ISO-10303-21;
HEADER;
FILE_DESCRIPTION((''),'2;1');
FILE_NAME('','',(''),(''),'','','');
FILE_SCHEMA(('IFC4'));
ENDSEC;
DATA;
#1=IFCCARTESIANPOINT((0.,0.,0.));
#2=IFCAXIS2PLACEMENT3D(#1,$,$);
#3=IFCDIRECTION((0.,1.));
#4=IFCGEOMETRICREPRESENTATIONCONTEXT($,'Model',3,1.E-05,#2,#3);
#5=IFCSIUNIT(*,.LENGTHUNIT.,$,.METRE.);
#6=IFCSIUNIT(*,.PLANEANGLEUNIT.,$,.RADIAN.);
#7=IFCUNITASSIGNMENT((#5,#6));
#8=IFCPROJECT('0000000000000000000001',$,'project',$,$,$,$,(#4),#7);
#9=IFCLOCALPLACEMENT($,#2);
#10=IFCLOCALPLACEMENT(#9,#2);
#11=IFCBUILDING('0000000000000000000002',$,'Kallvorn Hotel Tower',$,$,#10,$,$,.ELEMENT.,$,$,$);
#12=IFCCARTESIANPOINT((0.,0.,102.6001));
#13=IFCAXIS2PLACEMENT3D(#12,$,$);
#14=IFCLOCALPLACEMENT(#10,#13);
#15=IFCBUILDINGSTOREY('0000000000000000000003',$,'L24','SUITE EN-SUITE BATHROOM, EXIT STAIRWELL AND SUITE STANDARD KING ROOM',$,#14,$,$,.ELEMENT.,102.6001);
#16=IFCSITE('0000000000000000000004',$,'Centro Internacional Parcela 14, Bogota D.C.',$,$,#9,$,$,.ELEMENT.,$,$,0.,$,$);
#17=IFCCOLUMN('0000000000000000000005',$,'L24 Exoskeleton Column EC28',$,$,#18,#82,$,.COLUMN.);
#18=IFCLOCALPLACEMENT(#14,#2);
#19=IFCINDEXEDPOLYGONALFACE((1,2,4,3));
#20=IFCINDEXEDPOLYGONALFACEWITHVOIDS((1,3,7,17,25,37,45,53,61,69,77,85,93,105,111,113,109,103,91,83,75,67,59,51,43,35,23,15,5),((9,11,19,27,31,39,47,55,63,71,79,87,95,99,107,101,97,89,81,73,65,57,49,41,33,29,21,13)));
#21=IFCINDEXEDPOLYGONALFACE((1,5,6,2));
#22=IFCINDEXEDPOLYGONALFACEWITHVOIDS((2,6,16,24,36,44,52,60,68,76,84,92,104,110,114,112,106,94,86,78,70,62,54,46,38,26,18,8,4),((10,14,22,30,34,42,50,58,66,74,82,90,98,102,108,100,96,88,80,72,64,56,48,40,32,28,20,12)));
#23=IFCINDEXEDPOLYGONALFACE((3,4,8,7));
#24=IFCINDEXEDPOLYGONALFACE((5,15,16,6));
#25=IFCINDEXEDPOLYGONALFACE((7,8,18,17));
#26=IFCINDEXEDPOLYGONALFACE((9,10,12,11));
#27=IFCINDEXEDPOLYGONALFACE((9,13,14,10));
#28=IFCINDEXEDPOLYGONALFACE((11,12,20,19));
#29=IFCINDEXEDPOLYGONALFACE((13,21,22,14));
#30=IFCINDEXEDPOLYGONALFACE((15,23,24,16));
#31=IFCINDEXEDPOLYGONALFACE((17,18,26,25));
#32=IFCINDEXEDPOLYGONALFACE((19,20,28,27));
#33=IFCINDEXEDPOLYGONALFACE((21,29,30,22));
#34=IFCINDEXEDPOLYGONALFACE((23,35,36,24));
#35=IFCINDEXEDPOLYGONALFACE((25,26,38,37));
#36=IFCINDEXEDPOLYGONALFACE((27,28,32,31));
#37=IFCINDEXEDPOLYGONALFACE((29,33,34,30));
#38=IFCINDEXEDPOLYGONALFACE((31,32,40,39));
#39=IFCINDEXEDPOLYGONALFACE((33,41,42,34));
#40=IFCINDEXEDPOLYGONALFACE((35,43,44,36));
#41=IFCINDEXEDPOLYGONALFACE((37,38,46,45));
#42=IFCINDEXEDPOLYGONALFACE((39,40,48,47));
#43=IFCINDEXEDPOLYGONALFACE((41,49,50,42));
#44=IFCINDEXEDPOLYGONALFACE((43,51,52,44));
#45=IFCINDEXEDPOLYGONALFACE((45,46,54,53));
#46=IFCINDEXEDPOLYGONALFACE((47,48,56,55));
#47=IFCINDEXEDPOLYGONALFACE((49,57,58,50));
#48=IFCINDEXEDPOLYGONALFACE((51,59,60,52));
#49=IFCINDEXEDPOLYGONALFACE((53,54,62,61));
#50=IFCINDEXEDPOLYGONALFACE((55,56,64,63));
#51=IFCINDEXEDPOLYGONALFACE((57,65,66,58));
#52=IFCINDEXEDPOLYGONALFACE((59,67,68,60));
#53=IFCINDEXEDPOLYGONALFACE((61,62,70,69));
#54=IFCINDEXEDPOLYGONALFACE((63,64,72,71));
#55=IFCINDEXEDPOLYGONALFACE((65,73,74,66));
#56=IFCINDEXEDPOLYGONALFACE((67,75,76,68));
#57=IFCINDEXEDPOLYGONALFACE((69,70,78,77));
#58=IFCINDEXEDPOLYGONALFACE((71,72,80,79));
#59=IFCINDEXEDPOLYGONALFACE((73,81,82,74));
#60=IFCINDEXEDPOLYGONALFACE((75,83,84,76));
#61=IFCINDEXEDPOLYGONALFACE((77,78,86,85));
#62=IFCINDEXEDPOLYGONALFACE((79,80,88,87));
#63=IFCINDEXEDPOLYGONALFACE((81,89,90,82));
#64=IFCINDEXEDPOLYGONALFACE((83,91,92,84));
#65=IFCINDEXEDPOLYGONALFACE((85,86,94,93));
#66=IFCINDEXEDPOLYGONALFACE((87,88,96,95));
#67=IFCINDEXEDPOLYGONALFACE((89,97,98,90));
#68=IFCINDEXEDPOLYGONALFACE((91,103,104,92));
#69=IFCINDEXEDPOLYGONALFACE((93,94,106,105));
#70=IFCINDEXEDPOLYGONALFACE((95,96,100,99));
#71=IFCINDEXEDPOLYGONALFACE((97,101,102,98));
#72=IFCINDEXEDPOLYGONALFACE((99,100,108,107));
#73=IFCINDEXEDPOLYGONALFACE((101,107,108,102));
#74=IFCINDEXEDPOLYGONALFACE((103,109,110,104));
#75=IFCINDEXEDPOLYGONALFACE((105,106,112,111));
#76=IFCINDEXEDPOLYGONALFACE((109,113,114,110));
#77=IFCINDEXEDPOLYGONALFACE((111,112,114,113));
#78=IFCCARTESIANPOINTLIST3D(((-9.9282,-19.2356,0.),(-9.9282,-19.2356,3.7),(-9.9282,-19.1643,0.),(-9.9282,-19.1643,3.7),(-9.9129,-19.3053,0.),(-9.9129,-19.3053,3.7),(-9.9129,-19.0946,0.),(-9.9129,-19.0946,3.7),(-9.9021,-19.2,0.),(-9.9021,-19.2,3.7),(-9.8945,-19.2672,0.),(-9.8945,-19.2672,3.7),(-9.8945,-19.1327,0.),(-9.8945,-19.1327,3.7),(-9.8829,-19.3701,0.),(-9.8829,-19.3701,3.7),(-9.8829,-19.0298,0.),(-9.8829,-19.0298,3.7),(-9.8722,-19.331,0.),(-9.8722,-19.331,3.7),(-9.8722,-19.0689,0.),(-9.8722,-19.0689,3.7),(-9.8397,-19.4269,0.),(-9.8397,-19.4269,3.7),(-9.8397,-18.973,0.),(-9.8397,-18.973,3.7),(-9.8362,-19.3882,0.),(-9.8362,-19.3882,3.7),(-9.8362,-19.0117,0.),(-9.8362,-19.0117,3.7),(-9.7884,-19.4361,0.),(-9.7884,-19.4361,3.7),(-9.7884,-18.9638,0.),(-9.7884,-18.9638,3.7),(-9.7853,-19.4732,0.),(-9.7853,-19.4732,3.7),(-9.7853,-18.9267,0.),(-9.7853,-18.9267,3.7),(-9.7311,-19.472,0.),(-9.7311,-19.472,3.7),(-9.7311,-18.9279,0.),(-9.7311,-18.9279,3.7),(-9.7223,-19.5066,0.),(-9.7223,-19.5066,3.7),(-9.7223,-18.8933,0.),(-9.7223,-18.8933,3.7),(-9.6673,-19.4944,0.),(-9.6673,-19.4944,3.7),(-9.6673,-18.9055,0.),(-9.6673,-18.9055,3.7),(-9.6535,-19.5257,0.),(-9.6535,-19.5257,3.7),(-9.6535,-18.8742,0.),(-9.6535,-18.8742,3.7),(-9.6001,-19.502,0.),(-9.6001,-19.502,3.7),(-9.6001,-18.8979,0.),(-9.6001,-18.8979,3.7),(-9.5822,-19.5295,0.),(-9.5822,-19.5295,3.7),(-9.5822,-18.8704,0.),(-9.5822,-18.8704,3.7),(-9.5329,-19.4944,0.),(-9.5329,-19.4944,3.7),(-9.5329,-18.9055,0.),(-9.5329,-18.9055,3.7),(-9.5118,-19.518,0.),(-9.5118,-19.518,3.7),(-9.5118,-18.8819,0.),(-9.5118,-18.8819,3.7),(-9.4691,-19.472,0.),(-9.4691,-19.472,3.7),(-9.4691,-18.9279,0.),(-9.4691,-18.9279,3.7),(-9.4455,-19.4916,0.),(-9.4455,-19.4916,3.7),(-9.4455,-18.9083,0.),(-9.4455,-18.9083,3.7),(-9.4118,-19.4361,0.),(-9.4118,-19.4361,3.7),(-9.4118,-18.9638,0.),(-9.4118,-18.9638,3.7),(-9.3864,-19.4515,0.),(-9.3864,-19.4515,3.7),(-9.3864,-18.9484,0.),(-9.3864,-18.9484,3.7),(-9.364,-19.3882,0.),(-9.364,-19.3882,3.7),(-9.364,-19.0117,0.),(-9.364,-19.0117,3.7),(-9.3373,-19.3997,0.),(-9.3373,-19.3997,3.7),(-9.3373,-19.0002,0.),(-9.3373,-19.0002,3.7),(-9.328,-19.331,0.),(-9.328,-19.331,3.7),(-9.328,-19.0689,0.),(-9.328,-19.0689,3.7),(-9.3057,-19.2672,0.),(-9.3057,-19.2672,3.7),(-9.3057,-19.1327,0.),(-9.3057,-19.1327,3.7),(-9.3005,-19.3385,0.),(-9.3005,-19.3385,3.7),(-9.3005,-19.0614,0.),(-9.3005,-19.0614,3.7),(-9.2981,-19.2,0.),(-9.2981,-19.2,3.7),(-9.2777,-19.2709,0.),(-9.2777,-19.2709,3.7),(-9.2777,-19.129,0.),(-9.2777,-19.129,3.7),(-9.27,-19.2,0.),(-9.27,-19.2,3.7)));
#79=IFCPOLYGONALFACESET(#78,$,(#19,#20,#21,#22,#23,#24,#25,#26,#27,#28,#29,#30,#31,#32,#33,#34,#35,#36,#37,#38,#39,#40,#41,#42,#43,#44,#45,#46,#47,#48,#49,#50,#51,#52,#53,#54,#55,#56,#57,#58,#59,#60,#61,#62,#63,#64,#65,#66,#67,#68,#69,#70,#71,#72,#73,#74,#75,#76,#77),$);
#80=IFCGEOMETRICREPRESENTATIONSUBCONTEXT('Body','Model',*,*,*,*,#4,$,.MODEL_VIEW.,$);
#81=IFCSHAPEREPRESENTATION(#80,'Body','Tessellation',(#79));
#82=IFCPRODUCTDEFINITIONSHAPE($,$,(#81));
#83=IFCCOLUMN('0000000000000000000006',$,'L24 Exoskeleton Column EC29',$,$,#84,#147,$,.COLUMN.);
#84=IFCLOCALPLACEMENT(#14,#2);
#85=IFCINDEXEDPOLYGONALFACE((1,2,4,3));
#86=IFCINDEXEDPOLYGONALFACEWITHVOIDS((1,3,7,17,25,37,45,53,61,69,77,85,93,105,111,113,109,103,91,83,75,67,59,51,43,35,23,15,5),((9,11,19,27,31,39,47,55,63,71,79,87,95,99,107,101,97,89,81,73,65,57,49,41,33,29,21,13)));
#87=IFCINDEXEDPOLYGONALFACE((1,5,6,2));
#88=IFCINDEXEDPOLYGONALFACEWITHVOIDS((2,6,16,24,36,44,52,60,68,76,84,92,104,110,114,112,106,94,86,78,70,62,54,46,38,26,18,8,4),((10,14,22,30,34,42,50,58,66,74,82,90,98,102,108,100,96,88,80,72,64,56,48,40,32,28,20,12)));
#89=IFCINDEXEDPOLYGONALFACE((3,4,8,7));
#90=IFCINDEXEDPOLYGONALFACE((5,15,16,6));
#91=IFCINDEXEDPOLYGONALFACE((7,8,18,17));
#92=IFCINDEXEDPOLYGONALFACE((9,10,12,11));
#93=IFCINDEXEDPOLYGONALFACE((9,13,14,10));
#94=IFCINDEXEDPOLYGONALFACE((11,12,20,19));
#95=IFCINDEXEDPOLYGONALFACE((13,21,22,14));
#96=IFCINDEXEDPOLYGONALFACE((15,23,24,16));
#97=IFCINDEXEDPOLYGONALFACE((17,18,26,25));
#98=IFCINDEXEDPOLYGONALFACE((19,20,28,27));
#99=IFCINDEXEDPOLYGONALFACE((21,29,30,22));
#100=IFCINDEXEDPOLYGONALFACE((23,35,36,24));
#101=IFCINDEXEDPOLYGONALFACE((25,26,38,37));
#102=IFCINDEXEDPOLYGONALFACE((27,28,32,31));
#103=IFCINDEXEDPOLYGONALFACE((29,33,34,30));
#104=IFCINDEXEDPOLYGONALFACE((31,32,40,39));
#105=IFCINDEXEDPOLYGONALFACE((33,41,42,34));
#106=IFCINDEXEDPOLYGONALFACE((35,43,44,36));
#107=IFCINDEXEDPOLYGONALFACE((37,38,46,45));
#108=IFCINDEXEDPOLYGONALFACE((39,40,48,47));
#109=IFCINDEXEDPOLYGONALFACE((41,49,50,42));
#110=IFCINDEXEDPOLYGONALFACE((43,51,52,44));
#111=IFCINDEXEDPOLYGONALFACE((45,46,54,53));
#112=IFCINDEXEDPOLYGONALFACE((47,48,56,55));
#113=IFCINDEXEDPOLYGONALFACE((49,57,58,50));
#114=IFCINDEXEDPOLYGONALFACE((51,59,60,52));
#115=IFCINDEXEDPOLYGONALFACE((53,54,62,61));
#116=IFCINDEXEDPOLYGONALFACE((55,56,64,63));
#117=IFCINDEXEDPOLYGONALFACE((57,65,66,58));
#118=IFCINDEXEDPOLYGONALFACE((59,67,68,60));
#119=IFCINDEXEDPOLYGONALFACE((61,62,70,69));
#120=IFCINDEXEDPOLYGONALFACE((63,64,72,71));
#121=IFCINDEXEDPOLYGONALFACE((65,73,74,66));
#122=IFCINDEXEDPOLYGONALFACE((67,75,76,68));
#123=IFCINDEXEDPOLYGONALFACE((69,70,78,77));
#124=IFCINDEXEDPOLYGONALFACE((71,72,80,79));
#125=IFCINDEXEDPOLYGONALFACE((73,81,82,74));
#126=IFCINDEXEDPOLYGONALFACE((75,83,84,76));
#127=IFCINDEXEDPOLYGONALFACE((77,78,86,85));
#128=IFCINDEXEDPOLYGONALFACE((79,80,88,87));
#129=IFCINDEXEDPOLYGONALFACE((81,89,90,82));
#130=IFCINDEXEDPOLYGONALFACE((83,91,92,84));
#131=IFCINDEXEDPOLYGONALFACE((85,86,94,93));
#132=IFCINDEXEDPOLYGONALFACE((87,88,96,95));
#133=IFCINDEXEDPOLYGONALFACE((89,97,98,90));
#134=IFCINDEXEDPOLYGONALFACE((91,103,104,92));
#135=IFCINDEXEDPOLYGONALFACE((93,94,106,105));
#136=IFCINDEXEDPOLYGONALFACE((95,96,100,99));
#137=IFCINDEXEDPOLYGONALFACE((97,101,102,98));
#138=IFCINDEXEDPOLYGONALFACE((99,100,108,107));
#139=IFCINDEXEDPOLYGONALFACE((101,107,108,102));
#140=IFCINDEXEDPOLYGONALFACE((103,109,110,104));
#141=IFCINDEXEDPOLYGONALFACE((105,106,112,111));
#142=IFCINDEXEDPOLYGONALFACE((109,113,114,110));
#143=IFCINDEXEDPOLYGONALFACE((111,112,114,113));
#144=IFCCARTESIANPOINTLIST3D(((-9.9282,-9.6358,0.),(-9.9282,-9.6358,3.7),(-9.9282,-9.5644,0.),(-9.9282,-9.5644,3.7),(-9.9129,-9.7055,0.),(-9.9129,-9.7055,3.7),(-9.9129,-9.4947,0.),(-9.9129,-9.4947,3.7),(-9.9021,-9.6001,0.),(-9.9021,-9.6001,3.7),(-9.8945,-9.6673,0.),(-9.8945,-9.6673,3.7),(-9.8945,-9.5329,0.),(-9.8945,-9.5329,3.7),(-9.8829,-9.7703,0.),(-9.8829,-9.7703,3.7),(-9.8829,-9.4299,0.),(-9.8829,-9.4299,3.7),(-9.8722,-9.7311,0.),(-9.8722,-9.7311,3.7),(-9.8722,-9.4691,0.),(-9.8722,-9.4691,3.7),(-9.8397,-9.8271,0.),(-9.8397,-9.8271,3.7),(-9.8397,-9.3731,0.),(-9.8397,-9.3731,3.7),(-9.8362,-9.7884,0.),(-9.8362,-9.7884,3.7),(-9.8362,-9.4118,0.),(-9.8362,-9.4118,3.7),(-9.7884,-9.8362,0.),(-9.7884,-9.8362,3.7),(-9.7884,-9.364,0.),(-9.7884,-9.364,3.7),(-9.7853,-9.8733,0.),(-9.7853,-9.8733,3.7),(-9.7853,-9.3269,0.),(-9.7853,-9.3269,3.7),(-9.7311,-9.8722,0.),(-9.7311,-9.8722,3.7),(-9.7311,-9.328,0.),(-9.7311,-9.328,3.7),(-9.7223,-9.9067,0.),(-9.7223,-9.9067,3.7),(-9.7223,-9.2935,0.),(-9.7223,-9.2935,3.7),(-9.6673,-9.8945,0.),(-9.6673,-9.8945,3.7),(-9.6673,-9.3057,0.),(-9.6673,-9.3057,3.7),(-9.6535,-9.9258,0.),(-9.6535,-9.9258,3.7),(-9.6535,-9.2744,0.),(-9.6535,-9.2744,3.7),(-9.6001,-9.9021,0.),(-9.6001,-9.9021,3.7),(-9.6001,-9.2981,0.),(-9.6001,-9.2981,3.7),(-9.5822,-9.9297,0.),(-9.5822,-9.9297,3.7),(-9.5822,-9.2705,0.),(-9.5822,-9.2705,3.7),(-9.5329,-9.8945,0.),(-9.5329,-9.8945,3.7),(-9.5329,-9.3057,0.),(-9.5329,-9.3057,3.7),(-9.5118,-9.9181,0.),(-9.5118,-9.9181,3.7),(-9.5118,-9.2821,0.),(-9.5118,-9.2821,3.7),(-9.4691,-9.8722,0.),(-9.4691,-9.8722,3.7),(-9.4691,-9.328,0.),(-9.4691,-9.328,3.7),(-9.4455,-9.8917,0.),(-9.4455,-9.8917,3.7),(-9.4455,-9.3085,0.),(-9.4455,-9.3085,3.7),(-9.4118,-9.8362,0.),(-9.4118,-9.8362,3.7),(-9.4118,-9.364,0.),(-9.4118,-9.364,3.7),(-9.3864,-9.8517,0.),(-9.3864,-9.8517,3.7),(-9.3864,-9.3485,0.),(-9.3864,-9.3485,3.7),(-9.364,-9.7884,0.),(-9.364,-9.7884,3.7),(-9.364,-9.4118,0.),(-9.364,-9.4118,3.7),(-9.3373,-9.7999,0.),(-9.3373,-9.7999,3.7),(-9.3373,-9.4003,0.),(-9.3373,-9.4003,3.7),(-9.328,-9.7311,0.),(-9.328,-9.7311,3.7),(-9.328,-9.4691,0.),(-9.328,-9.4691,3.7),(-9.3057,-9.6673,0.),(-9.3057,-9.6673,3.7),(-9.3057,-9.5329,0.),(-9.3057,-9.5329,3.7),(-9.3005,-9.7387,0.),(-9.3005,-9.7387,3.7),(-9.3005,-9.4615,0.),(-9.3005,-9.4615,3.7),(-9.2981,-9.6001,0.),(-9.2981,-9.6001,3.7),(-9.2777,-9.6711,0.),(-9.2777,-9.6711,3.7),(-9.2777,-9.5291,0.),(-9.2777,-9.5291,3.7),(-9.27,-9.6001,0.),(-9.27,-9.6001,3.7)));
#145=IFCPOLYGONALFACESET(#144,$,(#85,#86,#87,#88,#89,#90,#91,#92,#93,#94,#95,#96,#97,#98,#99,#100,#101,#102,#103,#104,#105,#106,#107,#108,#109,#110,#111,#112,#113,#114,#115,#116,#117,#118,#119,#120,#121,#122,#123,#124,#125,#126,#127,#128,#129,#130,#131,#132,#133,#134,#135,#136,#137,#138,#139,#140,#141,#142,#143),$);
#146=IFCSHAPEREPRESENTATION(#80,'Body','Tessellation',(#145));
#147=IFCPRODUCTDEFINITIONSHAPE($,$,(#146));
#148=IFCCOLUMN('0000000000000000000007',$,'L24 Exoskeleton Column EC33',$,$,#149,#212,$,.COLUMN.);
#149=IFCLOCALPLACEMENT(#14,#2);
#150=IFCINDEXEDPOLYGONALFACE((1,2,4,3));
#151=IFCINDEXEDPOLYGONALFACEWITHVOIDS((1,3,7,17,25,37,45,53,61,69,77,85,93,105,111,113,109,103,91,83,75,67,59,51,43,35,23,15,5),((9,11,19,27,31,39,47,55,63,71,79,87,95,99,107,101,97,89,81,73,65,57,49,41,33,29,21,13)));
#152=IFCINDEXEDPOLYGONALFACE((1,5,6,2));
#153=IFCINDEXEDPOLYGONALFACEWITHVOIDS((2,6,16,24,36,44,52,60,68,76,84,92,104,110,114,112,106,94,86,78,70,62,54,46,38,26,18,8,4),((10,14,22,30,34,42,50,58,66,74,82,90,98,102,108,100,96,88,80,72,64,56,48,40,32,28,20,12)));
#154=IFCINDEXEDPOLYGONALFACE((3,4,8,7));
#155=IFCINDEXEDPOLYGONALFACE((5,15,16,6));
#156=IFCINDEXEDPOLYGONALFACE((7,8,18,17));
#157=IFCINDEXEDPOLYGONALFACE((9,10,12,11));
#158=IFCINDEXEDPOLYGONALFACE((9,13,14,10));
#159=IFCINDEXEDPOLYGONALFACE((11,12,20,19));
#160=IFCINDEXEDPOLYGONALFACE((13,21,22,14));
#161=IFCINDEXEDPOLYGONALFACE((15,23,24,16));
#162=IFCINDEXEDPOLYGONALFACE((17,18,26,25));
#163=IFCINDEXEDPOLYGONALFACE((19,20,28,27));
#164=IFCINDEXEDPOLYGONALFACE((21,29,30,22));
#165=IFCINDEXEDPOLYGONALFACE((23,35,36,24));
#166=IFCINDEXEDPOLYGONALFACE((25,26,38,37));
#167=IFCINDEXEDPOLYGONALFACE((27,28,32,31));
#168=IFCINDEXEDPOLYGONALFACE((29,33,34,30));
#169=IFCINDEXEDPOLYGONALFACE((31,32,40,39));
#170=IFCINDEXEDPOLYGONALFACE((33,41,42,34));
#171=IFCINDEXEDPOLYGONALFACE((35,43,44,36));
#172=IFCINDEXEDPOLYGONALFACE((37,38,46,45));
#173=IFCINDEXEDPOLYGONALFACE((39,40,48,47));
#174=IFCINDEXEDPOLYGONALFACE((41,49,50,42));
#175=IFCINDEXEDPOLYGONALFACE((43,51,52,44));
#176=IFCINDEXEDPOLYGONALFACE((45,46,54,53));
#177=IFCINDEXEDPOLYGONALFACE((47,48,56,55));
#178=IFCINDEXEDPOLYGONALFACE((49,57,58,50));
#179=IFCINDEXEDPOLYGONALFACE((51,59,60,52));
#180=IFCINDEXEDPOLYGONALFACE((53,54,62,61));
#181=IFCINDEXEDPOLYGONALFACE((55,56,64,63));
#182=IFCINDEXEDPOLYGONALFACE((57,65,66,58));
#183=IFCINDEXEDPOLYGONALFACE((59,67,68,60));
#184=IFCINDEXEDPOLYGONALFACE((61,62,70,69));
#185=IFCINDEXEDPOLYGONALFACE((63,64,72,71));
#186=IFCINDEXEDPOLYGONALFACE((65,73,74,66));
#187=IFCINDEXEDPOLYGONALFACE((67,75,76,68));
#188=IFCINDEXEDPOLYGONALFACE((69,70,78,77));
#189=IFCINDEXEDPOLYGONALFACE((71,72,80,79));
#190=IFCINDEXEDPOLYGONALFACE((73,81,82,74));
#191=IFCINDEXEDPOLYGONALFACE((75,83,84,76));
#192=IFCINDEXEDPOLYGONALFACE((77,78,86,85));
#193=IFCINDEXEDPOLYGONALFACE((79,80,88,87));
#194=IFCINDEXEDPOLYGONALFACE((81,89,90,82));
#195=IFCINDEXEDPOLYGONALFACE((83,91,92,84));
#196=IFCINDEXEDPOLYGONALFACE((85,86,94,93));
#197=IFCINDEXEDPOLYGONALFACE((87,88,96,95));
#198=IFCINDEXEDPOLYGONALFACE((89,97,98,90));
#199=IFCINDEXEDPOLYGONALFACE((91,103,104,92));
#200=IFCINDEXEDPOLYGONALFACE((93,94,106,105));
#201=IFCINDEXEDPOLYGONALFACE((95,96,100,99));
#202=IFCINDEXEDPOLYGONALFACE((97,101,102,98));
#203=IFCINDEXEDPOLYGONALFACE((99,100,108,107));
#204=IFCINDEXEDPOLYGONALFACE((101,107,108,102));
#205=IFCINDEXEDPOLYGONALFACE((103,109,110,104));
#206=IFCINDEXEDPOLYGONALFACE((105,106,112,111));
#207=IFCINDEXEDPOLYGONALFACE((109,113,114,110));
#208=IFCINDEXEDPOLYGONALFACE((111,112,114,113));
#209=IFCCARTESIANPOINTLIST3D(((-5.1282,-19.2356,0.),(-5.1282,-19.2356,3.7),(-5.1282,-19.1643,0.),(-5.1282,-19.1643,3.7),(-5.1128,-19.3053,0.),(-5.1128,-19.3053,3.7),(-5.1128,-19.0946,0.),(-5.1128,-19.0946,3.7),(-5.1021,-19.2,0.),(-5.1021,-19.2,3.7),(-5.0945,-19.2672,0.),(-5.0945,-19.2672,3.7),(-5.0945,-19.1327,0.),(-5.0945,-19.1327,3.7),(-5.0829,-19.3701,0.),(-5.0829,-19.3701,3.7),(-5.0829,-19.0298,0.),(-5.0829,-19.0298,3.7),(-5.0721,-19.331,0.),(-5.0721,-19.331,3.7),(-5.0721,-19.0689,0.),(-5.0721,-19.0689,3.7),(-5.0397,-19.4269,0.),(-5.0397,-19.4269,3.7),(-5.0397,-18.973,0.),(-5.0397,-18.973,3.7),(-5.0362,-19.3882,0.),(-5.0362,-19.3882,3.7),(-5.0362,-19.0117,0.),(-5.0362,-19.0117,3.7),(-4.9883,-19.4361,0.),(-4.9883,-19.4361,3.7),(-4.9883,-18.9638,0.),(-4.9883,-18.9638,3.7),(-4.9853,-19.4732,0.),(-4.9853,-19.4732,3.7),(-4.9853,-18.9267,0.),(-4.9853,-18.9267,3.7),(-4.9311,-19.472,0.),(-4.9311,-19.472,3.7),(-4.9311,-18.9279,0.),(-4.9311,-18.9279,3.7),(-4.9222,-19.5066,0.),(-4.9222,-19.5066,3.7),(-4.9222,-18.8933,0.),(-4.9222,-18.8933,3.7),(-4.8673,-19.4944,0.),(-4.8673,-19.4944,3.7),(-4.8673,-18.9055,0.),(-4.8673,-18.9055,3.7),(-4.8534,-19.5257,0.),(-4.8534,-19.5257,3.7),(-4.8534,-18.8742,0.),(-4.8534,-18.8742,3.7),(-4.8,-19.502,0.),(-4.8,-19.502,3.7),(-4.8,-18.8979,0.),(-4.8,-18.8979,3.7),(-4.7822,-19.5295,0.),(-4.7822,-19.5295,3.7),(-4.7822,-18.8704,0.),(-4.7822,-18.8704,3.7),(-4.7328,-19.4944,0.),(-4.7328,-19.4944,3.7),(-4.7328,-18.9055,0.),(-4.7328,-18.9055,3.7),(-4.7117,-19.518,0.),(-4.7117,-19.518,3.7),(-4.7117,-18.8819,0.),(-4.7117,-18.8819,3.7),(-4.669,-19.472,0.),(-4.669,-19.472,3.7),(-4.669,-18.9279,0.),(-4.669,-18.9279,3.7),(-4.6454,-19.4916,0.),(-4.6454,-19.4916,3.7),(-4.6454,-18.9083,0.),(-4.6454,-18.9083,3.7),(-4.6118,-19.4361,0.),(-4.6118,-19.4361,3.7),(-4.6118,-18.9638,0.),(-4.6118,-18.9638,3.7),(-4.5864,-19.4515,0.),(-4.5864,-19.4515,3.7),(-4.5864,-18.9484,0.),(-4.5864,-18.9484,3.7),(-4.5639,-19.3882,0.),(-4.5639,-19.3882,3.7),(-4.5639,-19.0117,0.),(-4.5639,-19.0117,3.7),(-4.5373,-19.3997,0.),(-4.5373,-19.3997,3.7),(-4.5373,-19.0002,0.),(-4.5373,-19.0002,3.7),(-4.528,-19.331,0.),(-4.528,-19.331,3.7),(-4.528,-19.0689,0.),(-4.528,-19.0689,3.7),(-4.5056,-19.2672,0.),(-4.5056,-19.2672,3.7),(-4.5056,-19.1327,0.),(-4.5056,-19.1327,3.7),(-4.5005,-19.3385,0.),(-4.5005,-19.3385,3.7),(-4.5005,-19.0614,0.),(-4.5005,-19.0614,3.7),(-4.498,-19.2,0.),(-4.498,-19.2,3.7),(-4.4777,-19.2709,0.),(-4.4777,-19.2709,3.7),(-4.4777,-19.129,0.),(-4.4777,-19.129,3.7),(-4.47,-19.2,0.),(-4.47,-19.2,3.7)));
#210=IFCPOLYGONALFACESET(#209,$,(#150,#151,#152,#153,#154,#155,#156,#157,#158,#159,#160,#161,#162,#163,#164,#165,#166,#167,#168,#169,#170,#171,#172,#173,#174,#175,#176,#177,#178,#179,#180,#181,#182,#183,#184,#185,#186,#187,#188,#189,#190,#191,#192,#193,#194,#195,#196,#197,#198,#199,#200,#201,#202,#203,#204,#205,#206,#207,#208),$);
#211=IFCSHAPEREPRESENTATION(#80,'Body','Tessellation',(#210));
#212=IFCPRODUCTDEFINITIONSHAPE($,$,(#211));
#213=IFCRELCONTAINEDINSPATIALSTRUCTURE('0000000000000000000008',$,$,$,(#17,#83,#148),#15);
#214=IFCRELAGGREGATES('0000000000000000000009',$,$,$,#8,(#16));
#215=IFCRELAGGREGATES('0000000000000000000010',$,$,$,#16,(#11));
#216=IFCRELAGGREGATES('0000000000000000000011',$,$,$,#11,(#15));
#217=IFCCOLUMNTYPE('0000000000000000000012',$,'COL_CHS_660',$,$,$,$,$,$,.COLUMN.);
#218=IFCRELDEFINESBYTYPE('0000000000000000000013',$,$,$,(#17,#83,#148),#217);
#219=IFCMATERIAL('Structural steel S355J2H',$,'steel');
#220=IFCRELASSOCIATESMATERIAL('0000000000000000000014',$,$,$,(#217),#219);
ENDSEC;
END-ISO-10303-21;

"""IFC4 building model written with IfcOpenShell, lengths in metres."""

from ifc_helpers import new_model, si_unit, direction, frame, origin, origin_2d, place, context, subcontext, project, spatial, hollow_circle, extrude, material, material_profile, profile_set, type_object, element, save


model = new_model("IFC4")

# Units and contexts
model_context = context("Model", 3, precision=1e-05, world=origin(), true_north=direction((0.0, 1.0)))
body_context = subcontext(model_context, "Body", "Model", "MODEL_VIEW")
ifc_project = project(units=[si_unit("LENGTHUNIT", "METRE"), si_unit("PLANEANGLEUNIT", "RADIAN")], contexts=[model_context])

# Site, building, storey
site_placement = place(None, origin())
site = spatial("IfcSite", under=ifc_project, at=site_placement, Name="Centro Internacional Parcela 14, Bogota D.C.", CompositionType="ELEMENT", RefElevation=0.0)
building_placement = place(site_placement, origin())
building = spatial("IfcBuilding", under=site, at=building_placement, Name="Kallvorn Hotel Tower", CompositionType="ELEMENT")
storey_placement = place(building_placement, frame((0.0, 0.0, 102.6001)))
storey = spatial("IfcBuildingStorey", under=building, at=storey_placement, Name="L24", Description="SUITE EN-SUITE BATHROOM, EXIT STAIRWELL AND SUITE STANDARD KING ROOM", CompositionType="ELEMENT", Elevation=102.6001)

# Columns
ifc_material_1 = material(Name="Structural steel S355J2H", Category="steel")
ifc_material_profile_1 = material_profile(ifc_material_1, hollow_circle(Radius=0.3301, WallThickness=0.0281, at=origin_2d()), Name="CHS 660x28")
ifc_profile_set_1 = profile_set([ifc_material_profile_1], Name="Structural steel S355J2H")
column_type_1 = type_object("IfcColumnType", Name="COL_CHS_660", PredefinedType="COLUMN", material=ifc_profile_set_1)
for number, where, z_axis, x_axis, name in (
    (1, (-9.6001, -19.2, 0.0), (0.0, 0.0, 1.0), (1.0, 0.0, 0.0), "L24 Exoskeleton Column EC28"),
    (2, (-9.6001, -9.6001, 0.0), (0.0, 0.0, 1.0), (1.0, 0.0, 0.0), "L24 Exoskeleton Column EC29"),
    (3, (-4.8, -19.2, 0.0), (0.0, 0.0, 1.0), (1.0, 0.0, 0.0), "L24 Exoskeleton Column EC33"),
):
    element("IfcColumn", number, at=place(storey_placement, frame(where, z_axis=z_axis, x_axis=x_axis)), inside=storey, type_object=column_type_1, Name=name, PredefinedType="COLUMN", context=body_context, shape_type="SweptSolid", body=[
        extrude(hollow_circle(Radius=0.3301, WallThickness=0.0281, at=origin_2d()), origin(), (0.0, 0.0, 1.0), 3.7),
    ])

save(model, "model.ifc")
